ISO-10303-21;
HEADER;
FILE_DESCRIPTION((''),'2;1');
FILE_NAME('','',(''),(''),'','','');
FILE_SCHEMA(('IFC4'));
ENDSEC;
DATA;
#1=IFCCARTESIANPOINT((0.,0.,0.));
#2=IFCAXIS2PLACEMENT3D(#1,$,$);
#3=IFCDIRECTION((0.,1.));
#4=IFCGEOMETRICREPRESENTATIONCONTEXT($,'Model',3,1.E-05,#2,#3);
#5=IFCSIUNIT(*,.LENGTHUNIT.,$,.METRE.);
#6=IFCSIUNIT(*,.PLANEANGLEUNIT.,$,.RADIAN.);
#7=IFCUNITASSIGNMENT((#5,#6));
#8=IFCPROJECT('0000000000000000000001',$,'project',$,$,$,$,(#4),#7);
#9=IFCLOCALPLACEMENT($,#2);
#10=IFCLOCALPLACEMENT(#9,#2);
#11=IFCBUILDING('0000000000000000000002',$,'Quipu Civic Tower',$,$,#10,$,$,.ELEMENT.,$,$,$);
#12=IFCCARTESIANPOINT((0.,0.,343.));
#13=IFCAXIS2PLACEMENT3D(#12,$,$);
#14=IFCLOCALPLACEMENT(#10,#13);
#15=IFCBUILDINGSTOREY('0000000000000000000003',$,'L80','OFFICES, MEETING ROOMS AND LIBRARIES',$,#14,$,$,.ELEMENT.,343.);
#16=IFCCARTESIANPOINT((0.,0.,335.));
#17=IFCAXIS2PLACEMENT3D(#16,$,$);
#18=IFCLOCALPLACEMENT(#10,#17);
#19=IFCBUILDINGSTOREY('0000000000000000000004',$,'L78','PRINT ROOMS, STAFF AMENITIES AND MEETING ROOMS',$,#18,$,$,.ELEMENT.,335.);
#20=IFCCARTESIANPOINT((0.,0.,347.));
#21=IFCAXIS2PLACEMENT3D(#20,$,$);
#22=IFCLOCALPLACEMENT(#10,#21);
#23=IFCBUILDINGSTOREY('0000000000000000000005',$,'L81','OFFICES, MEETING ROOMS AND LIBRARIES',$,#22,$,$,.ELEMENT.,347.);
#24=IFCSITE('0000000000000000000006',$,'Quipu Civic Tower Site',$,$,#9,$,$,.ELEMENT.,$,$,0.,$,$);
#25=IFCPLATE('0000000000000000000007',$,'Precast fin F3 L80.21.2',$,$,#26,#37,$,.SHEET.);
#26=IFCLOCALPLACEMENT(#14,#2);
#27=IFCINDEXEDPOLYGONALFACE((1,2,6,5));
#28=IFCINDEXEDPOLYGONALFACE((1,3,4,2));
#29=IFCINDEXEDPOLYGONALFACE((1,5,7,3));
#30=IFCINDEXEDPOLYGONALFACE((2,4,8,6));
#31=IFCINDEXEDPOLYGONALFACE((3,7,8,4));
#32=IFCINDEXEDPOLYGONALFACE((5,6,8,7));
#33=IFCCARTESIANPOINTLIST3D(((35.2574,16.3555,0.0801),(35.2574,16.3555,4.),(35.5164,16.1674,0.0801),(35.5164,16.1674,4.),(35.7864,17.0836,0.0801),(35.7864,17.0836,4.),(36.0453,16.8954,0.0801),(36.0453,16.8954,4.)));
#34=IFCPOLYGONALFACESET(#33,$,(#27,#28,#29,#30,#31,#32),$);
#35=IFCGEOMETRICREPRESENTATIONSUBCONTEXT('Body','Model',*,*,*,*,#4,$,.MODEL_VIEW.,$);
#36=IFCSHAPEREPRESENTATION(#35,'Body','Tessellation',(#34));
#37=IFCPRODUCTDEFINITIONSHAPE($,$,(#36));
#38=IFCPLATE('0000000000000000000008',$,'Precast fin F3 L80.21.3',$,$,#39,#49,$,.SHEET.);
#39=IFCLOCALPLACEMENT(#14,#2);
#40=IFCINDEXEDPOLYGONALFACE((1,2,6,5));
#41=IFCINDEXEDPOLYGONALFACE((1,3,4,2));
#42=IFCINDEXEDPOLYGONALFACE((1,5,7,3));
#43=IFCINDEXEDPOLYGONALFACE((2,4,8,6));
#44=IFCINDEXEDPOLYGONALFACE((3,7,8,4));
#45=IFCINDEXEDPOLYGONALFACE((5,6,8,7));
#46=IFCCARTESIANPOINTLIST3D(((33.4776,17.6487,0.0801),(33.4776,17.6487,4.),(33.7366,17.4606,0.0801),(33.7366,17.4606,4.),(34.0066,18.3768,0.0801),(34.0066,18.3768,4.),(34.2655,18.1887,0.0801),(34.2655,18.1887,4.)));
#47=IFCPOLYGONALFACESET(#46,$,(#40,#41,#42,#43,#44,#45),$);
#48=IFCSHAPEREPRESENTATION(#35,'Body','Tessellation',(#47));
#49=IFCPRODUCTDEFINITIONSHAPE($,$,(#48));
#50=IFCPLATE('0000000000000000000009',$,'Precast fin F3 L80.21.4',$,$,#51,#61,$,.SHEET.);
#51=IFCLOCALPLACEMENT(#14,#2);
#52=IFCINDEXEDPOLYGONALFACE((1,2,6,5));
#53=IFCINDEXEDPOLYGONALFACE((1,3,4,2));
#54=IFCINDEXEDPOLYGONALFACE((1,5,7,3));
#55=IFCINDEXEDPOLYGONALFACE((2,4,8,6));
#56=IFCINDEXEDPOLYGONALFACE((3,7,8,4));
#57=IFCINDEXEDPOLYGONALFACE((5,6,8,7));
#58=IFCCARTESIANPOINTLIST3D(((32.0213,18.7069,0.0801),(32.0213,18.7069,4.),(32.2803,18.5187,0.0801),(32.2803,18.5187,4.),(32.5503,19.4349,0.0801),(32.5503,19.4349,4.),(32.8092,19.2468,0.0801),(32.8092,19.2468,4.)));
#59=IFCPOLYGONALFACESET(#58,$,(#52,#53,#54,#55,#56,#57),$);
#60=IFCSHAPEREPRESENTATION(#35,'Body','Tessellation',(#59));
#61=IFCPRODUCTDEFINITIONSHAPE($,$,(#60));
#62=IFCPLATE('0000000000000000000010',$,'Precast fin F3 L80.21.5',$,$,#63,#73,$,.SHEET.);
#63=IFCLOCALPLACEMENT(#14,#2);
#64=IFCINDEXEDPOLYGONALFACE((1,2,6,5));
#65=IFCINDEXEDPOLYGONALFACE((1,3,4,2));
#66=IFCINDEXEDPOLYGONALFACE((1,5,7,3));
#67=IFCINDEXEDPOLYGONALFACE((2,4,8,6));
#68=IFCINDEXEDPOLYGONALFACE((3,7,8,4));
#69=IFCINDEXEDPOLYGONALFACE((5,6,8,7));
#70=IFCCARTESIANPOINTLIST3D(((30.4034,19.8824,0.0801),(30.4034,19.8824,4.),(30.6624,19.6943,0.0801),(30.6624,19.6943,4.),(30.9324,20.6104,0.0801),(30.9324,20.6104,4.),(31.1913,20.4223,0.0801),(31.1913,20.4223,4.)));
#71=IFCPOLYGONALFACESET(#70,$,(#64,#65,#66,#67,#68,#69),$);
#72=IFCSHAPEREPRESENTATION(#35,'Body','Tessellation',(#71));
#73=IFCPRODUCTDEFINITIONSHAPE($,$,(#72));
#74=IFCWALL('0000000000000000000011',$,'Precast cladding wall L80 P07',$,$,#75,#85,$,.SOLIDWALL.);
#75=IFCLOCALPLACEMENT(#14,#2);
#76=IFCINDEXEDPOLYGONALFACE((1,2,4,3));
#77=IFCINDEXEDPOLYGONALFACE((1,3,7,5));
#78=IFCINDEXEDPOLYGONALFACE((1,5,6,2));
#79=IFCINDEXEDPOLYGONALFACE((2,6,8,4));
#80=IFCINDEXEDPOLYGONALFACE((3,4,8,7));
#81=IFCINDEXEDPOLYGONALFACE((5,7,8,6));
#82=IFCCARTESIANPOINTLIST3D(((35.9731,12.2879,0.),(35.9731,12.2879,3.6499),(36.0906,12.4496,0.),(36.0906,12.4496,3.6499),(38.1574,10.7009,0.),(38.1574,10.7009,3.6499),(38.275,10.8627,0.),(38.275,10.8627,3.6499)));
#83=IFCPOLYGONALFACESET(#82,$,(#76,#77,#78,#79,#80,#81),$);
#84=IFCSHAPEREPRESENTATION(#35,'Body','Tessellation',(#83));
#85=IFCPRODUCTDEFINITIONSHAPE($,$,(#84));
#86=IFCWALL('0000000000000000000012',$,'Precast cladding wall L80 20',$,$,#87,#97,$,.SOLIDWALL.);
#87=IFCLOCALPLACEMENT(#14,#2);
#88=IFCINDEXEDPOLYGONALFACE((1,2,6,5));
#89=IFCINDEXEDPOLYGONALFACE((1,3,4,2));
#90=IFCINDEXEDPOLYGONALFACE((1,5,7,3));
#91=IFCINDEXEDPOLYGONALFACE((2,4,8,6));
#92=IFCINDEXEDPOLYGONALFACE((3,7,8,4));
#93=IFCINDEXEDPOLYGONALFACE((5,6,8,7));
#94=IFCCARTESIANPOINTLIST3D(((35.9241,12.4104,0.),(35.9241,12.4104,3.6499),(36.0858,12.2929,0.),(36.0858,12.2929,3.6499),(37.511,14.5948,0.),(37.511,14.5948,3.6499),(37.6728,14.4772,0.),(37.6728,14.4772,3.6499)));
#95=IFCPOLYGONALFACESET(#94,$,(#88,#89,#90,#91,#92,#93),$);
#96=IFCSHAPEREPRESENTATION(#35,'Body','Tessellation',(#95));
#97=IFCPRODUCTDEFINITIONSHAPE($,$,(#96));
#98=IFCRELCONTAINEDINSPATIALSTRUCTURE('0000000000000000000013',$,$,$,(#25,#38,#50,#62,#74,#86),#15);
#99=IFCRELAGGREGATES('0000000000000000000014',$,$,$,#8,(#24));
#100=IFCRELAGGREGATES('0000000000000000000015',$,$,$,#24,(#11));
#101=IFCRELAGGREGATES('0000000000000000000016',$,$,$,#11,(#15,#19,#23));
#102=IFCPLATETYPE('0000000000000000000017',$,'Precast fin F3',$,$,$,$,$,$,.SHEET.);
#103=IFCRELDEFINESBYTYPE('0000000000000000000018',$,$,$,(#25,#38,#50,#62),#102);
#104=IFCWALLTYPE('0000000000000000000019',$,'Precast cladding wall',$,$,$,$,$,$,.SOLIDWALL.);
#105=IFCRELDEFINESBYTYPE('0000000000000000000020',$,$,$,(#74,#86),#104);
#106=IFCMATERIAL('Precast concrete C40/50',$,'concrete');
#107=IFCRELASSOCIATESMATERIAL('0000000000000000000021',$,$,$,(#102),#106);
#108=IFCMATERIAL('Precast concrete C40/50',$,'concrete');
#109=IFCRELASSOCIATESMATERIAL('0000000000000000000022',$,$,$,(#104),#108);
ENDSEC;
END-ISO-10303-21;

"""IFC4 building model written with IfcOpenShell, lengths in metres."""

from ifc_helpers import new_model, si_unit, direction, frame, frame_2d, origin, origin_2d, place, context, subcontext, project, spatial, rectangle, extrude, material, type_object, element, save


model = new_model("IFC4")

# Units and contexts
model_context = context("Model", 3, precision=1e-05, world=origin(), true_north=direction((0.0, 1.0)))
body_context = subcontext(model_context, "Body", "Model", "MODEL_VIEW")
ifc_project = project(units=[si_unit("LENGTHUNIT", "METRE"), si_unit("PLANEANGLEUNIT", "RADIAN")], contexts=[model_context])

# Site, building, storey
site_placement = place(None, origin())
site = spatial("IfcSite", under=ifc_project, at=site_placement, Name="Quipu Civic Tower Site", CompositionType="ELEMENT", RefElevation=0.0)
building_placement = place(site_placement, origin())
building = spatial("IfcBuilding", under=site, at=building_placement, Name="Quipu Civic Tower", CompositionType="ELEMENT")
storey_1_placement = place(building_placement, frame((0.0, 0.0, 343.0)))
storey_1 = spatial("IfcBuildingStorey", under=building, at=storey_1_placement, Name="L80", Description="OFFICES, MEETING ROOMS AND LIBRARIES", CompositionType="ELEMENT", Elevation=343.0)

# Shared definitions
storey_2_placement = place(building_placement, frame((0.0, 0.0, 335.0)))
storey_2 = spatial("IfcBuildingStorey", under=building, at=storey_2_placement, Name="L78", Description="PRINT ROOMS, STAFF AMENITIES AND MEETING ROOMS", CompositionType="ELEMENT", Elevation=335.0)

# Shared definitions
storey_3_placement = place(building_placement, frame((0.0, 0.0, 347.0)))
storey_3 = spatial("IfcBuildingStorey", under=building, at=storey_3_placement, Name="L81", Description="OFFICES, MEETING ROOMS AND LIBRARIES", CompositionType="ELEMENT", Elevation=347.0)

# Plates
ifc_material_1 = material(Name="Precast concrete C40/50", Category="concrete")
plate_type_1 = type_object("IfcPlateType", Name="Precast fin F3", PredefinedType="SHEET", material=ifc_material_1)
for number, where, z_axis, x_axis, name in (
    (1, (35.6514, 16.6255, 0.0801), (0.0, 0.0, 1.0), (-0.809017, 0.587785, 0.0), "Precast fin F3 L80.21.2"),
    (2, (33.8716, 17.9187, 0.0801), (0.0, 0.0, 1.0), (-0.809017, 0.587785, 0.0), "Precast fin F3 L80.21.3"),
    (3, (32.4153, 18.9768, 0.0801), (0.0, 0.0, 1.0), (-0.809017, 0.587785, 0.0), "Precast fin F3 L80.21.4"),
    (4, (30.7974, 20.1523, 0.0801), (0.0, 0.0, 1.0), (-0.809017, 0.587785, 0.0), "Precast fin F3 L80.21.5"),
):
    element("IfcPlate", number, at=place(storey_1_placement, frame(where, z_axis=z_axis, x_axis=x_axis)), inside=storey_1, type_object=plate_type_1, Name=name, PredefinedType="SHEET", context=body_context, shape_type="SweptSolid", body=[
        extrude(rectangle(XDim=0.3201, YDim=0.8999, at=origin_2d()), origin(), (0.0, 0.0, 1.0), 3.9199),
    ])

# Walls
ifc_material_2 = material(Name="Precast concrete C40/50", Category="concrete")
wall_type = type_object("IfcWallType", Name="Precast cladding wall", PredefinedType="SOLIDWALL", material=ifc_material_2)
for number, where, z_axis, x_axis, name in (
    (5, (38.2163, 10.7817, 0.0), (0.0, 0.0, 1.0), (-0.809033, 0.587763, 0.0), "Precast cladding wall L80 P07"),
    (6, (36.0049, 12.3516, 0.0), (0.0, 0.0, 1.0), (0.587763, 0.809033, 0.0), "Precast cladding wall L80 20"),
):
    element("IfcWall", number, at=place(storey_1_placement, frame(where, z_axis=z_axis, x_axis=x_axis)), inside=storey_1, type_object=wall_type, Name=name, PredefinedType="SOLIDWALL", context=body_context, shape_type="SweptSolid", body=[
        extrude(rectangle(XDim=2.7, YDim=0.2, at=frame_2d((1.3501, 0.0))), origin(), (0.0, 0.0, 1.0), 3.6499),
    ])

save(model, "model.ifc")
